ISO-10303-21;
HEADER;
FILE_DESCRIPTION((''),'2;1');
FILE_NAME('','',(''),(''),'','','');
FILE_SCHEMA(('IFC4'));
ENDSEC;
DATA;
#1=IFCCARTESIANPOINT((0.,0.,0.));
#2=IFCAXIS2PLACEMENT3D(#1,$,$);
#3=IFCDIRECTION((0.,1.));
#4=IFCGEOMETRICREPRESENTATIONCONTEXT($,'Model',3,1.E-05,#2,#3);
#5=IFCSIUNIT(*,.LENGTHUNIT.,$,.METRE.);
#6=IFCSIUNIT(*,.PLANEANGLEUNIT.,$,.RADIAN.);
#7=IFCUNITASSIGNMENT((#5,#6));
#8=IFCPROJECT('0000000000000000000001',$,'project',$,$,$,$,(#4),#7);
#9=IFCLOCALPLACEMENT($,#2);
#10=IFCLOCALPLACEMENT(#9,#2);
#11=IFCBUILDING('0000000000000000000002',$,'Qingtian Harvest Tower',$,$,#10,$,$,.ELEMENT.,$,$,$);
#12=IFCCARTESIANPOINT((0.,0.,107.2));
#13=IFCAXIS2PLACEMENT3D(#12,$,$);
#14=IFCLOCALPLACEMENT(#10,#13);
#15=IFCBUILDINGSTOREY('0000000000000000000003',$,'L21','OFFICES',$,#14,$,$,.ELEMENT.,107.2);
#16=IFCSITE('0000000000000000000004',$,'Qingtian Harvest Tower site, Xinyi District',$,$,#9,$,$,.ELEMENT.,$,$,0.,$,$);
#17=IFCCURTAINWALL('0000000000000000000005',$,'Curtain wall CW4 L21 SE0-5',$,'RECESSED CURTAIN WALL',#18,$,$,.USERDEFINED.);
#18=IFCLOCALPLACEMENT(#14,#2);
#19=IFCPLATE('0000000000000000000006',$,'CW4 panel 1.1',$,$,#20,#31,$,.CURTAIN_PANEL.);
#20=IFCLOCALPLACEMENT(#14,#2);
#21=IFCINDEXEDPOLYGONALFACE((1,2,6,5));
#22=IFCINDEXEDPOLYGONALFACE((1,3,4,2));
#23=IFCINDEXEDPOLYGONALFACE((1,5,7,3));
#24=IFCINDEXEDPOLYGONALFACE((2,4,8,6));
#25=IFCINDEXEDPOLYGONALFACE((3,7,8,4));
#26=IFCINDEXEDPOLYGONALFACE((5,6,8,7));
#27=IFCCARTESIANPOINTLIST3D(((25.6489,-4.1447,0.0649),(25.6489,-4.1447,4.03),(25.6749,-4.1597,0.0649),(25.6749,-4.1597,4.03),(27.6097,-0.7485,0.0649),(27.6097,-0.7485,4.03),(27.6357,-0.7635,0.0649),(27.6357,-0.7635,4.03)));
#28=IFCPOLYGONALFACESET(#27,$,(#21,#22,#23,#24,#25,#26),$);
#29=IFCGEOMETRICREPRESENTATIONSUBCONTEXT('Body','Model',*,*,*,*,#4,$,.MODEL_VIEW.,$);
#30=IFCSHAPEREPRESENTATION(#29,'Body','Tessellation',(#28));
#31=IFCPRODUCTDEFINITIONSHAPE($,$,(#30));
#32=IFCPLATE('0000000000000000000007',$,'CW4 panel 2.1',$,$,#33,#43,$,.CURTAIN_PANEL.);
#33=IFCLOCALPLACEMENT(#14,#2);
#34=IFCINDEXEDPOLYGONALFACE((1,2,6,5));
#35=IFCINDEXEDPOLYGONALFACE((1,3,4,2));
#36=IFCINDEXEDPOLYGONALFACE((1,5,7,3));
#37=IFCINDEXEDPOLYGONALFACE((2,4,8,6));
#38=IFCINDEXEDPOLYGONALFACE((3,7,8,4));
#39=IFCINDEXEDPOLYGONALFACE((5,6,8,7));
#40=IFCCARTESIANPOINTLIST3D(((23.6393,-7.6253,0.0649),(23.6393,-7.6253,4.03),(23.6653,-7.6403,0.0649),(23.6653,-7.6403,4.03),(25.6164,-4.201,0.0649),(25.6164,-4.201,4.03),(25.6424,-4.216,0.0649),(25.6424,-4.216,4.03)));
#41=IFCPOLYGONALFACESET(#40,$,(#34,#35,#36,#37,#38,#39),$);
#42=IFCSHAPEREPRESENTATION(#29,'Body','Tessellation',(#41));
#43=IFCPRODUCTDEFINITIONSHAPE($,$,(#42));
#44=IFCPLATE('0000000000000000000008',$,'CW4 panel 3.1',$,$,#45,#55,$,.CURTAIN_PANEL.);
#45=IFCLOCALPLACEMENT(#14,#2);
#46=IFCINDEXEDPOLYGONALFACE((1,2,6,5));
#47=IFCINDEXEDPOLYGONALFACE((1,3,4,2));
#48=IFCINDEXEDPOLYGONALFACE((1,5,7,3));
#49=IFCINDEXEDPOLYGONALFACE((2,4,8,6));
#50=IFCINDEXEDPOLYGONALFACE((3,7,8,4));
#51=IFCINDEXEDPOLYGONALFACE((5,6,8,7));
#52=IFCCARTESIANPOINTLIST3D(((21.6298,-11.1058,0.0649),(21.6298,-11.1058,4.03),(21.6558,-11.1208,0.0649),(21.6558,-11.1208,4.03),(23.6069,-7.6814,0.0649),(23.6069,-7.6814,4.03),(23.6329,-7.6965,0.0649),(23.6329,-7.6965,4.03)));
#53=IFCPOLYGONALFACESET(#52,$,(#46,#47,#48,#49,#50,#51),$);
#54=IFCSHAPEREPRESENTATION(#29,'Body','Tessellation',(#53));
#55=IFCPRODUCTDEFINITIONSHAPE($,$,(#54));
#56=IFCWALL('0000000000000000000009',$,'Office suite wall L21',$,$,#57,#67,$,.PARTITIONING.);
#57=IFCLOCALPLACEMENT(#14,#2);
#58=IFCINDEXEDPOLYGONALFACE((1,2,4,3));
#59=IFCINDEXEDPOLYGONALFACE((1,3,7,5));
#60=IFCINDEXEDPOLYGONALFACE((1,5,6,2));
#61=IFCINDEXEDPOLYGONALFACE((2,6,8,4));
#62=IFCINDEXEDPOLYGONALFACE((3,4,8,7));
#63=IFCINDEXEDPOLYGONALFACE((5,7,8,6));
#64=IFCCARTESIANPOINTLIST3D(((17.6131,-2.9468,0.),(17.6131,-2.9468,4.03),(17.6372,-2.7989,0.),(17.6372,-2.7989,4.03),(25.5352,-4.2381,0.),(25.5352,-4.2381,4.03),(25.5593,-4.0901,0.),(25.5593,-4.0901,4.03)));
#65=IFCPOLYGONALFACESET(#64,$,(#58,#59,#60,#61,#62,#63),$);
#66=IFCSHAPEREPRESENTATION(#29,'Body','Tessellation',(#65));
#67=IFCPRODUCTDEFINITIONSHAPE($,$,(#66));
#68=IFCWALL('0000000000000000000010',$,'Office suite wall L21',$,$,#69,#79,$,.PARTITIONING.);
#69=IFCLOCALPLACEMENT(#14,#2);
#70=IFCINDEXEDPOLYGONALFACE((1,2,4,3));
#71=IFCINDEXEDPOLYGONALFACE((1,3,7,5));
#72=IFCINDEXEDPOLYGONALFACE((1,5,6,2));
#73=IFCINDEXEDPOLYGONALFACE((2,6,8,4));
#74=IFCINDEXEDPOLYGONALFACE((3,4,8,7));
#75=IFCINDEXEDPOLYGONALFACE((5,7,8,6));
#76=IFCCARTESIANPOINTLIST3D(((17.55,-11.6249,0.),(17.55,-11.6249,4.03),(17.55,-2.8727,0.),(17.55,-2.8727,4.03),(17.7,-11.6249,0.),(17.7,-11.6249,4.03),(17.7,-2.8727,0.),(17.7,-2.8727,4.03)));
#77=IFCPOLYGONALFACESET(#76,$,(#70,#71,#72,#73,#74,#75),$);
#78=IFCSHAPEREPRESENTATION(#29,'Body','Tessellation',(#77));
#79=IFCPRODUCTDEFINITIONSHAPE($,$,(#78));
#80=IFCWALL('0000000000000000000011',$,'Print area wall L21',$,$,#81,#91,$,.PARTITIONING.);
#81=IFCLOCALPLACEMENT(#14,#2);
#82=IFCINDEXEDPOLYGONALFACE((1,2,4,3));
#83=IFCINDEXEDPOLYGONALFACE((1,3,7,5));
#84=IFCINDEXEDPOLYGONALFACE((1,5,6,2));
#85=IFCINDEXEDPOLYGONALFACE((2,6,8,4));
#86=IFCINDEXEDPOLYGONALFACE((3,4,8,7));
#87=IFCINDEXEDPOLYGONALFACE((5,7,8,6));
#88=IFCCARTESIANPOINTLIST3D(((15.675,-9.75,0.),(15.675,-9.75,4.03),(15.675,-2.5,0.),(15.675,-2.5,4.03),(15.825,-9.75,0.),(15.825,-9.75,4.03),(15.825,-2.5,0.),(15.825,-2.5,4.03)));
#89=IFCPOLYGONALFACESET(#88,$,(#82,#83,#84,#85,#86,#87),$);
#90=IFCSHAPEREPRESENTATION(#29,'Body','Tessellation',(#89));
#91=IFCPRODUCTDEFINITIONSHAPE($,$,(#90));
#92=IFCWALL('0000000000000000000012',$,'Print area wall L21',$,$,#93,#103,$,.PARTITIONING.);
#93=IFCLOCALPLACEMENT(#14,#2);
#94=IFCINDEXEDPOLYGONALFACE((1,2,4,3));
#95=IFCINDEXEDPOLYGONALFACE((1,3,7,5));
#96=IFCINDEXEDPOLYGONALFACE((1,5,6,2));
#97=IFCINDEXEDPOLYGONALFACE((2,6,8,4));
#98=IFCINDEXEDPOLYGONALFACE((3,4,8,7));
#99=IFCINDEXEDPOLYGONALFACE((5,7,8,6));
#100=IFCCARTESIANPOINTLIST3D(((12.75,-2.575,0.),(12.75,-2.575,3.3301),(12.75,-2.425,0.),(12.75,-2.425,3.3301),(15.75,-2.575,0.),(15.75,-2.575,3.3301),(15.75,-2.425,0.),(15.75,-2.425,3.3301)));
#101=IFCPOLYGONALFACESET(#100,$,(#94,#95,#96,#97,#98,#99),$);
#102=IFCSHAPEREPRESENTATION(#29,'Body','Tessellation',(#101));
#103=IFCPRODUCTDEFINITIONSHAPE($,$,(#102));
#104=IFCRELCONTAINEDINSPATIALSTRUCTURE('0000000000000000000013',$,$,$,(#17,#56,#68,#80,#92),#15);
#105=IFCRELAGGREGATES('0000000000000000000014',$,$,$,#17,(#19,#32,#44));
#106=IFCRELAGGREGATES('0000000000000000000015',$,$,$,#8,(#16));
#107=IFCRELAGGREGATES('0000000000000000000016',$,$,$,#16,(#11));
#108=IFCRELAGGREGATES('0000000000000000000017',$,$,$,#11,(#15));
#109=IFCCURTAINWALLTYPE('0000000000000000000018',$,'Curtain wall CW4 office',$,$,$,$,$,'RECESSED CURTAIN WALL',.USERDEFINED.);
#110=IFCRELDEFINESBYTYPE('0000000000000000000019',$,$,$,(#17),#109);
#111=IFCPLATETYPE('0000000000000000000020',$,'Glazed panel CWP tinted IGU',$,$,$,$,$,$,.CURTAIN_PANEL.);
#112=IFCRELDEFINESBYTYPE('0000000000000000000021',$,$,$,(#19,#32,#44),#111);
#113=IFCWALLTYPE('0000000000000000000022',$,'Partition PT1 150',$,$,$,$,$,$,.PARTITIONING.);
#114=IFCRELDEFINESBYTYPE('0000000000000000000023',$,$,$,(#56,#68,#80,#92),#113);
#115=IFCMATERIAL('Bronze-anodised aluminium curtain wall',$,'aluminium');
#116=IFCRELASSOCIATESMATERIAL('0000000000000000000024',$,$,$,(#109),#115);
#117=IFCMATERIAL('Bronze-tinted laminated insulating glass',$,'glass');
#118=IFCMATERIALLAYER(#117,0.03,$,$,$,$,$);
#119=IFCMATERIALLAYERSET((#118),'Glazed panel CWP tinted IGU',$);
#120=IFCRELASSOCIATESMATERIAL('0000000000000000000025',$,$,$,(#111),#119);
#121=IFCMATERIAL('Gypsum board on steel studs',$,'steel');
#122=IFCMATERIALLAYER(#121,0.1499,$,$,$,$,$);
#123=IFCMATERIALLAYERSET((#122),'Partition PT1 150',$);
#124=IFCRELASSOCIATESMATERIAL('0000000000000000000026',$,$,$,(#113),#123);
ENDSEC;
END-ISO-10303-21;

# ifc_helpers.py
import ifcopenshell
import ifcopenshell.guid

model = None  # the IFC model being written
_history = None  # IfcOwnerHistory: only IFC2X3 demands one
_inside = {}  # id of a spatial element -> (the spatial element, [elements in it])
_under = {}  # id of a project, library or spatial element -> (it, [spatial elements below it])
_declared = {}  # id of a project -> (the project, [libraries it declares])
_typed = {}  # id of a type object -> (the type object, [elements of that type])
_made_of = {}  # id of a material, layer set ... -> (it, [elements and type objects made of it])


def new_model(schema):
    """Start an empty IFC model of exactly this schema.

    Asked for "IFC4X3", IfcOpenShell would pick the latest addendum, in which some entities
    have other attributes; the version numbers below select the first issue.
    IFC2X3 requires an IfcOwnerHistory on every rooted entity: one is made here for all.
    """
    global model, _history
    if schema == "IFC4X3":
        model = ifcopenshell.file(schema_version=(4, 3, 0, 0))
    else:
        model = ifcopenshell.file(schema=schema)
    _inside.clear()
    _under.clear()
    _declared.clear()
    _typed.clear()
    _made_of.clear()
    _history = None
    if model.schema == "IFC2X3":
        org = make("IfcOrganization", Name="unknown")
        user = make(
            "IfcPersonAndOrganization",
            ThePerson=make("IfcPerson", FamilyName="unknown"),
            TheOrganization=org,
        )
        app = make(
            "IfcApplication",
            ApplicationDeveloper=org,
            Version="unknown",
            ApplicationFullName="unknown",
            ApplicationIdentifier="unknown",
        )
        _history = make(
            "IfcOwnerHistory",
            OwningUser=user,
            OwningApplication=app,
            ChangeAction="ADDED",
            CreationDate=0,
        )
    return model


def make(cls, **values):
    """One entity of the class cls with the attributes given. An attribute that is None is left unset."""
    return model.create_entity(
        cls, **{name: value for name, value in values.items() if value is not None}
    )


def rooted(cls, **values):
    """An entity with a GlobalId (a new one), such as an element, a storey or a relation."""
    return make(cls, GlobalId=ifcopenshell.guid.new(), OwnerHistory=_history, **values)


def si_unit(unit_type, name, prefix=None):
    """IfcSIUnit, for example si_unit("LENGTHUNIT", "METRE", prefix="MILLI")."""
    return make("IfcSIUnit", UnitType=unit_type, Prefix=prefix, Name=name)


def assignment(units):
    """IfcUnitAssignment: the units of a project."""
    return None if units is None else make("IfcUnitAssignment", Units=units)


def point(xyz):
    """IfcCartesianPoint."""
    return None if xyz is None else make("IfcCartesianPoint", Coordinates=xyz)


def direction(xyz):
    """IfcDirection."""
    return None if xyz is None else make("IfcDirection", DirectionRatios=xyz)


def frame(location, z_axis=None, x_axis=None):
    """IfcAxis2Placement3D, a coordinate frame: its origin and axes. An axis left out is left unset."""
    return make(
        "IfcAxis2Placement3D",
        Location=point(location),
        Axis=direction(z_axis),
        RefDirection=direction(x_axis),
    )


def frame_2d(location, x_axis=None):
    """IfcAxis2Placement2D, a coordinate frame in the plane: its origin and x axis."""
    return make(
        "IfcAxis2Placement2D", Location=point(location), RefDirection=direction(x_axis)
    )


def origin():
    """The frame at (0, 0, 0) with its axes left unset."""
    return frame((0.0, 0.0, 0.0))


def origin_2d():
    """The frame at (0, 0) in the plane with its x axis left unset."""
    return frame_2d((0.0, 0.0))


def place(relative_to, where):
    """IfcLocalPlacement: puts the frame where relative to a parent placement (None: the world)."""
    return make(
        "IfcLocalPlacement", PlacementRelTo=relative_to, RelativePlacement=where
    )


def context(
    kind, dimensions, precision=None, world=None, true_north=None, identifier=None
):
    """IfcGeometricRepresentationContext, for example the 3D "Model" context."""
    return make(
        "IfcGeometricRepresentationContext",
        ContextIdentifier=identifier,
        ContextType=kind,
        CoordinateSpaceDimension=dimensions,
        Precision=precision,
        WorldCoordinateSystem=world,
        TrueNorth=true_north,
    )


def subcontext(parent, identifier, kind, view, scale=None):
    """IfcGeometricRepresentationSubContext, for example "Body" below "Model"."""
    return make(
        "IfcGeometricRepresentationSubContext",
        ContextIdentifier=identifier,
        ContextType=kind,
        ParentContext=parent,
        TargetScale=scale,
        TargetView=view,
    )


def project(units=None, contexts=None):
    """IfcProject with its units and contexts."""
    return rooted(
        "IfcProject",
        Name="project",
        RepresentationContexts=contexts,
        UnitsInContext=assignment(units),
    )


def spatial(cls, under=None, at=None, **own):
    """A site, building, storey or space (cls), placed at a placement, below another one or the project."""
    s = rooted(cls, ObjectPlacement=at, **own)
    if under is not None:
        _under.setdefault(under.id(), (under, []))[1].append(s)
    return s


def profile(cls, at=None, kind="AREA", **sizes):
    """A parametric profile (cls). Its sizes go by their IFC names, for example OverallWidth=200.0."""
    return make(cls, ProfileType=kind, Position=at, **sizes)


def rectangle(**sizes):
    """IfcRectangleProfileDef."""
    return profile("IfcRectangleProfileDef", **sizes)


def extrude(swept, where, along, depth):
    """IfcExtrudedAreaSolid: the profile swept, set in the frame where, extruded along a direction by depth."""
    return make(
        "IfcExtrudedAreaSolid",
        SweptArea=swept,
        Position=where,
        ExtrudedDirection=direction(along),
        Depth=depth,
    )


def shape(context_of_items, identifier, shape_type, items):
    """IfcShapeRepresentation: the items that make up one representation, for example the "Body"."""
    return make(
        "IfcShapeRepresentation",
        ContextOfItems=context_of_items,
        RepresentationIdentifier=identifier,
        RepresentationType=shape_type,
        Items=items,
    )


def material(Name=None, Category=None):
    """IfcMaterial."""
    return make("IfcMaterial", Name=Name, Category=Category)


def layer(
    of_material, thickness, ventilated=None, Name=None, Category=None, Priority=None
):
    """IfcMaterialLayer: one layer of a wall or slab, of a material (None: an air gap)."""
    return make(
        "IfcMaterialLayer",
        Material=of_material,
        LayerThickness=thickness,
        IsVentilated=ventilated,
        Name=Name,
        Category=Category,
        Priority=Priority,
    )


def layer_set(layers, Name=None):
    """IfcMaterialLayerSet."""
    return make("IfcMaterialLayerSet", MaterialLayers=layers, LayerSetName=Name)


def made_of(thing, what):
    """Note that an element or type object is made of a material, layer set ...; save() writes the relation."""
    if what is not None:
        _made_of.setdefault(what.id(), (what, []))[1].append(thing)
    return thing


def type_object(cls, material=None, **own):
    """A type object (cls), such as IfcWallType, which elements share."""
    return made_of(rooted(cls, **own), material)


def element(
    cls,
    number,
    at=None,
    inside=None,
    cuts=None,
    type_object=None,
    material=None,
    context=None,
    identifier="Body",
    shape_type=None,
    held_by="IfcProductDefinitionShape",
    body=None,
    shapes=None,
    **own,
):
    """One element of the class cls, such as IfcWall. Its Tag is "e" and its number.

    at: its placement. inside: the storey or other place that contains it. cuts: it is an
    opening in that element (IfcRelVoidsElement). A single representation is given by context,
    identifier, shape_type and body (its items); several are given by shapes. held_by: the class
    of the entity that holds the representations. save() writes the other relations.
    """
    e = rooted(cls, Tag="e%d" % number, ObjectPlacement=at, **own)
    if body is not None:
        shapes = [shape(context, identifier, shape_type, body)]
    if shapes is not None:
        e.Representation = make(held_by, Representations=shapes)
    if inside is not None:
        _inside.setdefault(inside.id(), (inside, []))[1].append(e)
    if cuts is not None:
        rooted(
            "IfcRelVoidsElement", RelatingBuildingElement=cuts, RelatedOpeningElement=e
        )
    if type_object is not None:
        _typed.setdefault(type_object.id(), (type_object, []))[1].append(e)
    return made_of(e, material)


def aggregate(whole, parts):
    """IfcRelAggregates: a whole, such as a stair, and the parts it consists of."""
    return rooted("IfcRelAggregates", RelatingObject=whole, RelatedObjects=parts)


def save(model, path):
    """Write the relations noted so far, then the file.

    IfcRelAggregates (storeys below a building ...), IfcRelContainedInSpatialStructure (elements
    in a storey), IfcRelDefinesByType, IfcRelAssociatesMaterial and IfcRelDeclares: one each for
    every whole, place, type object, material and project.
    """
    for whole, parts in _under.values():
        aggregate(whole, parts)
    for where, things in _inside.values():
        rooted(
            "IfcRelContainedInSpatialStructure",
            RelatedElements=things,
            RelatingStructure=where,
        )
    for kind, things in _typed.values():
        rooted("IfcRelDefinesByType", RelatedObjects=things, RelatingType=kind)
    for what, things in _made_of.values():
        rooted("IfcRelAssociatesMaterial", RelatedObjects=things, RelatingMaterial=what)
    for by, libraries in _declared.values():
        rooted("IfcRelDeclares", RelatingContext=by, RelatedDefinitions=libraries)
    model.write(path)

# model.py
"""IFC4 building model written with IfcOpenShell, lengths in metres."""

from ifc_helpers import new_model, si_unit, direction, frame, frame_2d, origin, origin_2d, place, context, subcontext, project, spatial, rectangle, extrude, material, layer, layer_set, type_object, element, aggregate, save


model = new_model("IFC4")

# Units and contexts
model_context = context("Model", 3, precision=1e-05, world=origin(), true_north=direction((0.0, 1.0)))
body_context = subcontext(model_context, "Body", "Model", "MODEL_VIEW")
ifc_project = project(units=[si_unit("LENGTHUNIT", "METRE"), si_unit("PLANEANGLEUNIT", "RADIAN")], contexts=[model_context])

# Site, building, storey
site_placement = place(None, origin())
site = spatial("IfcSite", under=ifc_project, at=site_placement, Name="Qingtian Harvest Tower site, Xinyi District", CompositionType="ELEMENT", RefElevation=0.0)
building_placement = place(site_placement, origin())
building = spatial("IfcBuilding", under=site, at=building_placement, Name="Qingtian Harvest Tower", CompositionType="ELEMENT")
storey_placement = place(building_placement, frame((0.0, 0.0, 107.2)))
storey = spatial("IfcBuildingStorey", under=building, at=storey_placement, Name="L21", Description="OFFICES", CompositionType="ELEMENT", Elevation=107.2)

# Shared definitions
ifc_material_1 = material(Name="Bronze-anodised aluminium curtain wall", Category="aluminium")
curtain_wall_type = type_object("IfcCurtainWallType", Name="Curtain wall CW4 office", ElementType="RECESSED CURTAIN WALL", PredefinedType="USERDEFINED", material=ifc_material_1)

# Curtain wall
curtain_wall_1_placement = place(storey_placement, origin())
curtain_wall_1 = element("IfcCurtainWall", 1, at=curtain_wall_1_placement, inside=storey, type_object=curtain_wall_type, Name="Curtain wall CW4 L21 SE0-5", ObjectType="RECESSED CURTAIN WALL", PredefinedType="USERDEFINED")

# Plates
ifc_material_2 = material(Name="Bronze-tinted laminated insulating glass", Category="glass")
ifc_layer_1 = layer(ifc_material_2, 0.03)
ifc_layer_set_1 = layer_set([ifc_layer_1], Name="Glazed panel CWP tinted IGU")
plate_type = type_object("IfcPlateType", Name="Glazed panel CWP tinted IGU", PredefinedType="CURTAIN_PANEL", material=ifc_layer_set_1)
plate_1_placement = place(storey_placement, frame((26.6423, -2.4541, 0.0649), z_axis=(0.0, 0.0, 1.0), x_axis=(-0.5, -0.866025, 0.0)))
plate_1 = element("IfcPlate", 2, at=plate_1_placement, type_object=plate_type, Name="CW4 panel 1.1", PredefinedType="CURTAIN_PANEL", context=body_context, shape_type="SweptSolid", body=[
    extrude(rectangle(XDim=3.9216, YDim=0.03, at=origin_2d()), origin(), (0.0, 0.0, 1.0), 3.9651),
])
plate_2_placement = place(storey_placement, frame((24.6409, -5.9207, 0.0649), z_axis=(0.0, 0.0, 1.0), x_axis=(-0.5, -0.866025, 0.0)))
plate_2 = element("IfcPlate", 3, at=plate_2_placement, type_object=plate_type, Name="CW4 panel 2.1", PredefinedType="CURTAIN_PANEL", context=body_context, shape_type="SweptSolid", body=[
    extrude(rectangle(XDim=3.9541, YDim=0.03, at=origin_2d()), origin(), (0.0, 0.0, 1.0), 3.9651),
])
plate_3_placement = place(storey_placement, frame((22.6313, -9.4011, 0.0649), z_axis=(0.0, 0.0, 1.0), x_axis=(-0.5, -0.866025, 0.0)))
plate_3 = element("IfcPlate", 4, at=plate_3_placement, type_object=plate_type, Name="CW4 panel 3.1", PredefinedType="CURTAIN_PANEL", context=body_context, shape_type="SweptSolid", body=[
    extrude(rectangle(XDim=3.9541, YDim=0.03, at=origin_2d()), origin(), (0.0, 0.0, 1.0), 3.9651),
])
aggregate(curtain_wall_1, [plate_1, plate_2, plate_3])

# Walls
ifc_material_3 = material(Name="Gypsum board on steel studs", Category="steel")
ifc_layer_2 = layer(ifc_material_3, 0.1499)
ifc_layer_set_2 = layer_set([ifc_layer_2], Name="Partition PT1 150")
wall_type = type_object("IfcWallType", Name="Partition PT1 150", PredefinedType="PARTITIONING", material=ifc_layer_set_2)
wall_1_placement = place(storey_placement, frame((25.5471, -4.1641, 0.0), z_axis=(0.0, 0.0, 1.0), x_axis=(-0.986975, 0.160871, 0.0)))
element("IfcWall", 5, at=wall_1_placement, inside=storey, type_object=wall_type, Name="Office suite wall L21", PredefinedType="PARTITIONING", context=body_context, shape_type="SweptSolid", body=[
    extrude(rectangle(XDim=8.0266, YDim=0.1499, at=frame_2d((4.0132, 0.0))), origin(), (0.0, 0.0, 1.0), 4.03),
])
wall_2_placement = place(storey_placement, frame((17.625, -2.8728, 0.0), z_axis=(0.0, 0.0, 1.0), x_axis=(0.0, -1.0, 0.0)))
element("IfcWall", 6, at=wall_2_placement, inside=storey, type_object=wall_type, Name="Office suite wall L21", PredefinedType="PARTITIONING", context=body_context, shape_type="SweptSolid", body=[
    extrude(rectangle(XDim=8.7522, YDim=0.1499, at=frame_2d((4.376, 0.0))), origin(), (0.0, 0.0, 1.0), 4.03),
])
wall_3_placement = place(storey_placement, frame((15.75, -9.75, 0.0), z_axis=(0.0, 0.0, 1.0), x_axis=(0.0, 1.0, 0.0)))
element("IfcWall", 7, at=wall_3_placement, inside=storey, type_object=wall_type, Name="Print area wall L21", PredefinedType="PARTITIONING", context=body_context, shape_type="SweptSolid", body=[
    extrude(rectangle(XDim=7.25, YDim=0.1499, at=frame_2d((3.625, 0.0))), origin(), (0.0, 0.0, 1.0), 4.03),
])
wall_4_placement = place(storey_placement, frame((12.75, -2.5, 0.0), z_axis=(0.0, 0.0, 1.0), x_axis=(1.0, 0.0, 0.0)))
element("IfcWall", 8, at=wall_4_placement, inside=storey, type_object=wall_type, Name="Print area wall L21", PredefinedType="PARTITIONING", context=body_context, shape_type="SweptSolid", body=[
    extrude(rectangle(XDim=3.0, YDim=0.1499, at=frame_2d((1.5, 0.0))), origin(), (0.0, 0.0, 1.0), 3.3301),
])

save(model, "model.ifc")
